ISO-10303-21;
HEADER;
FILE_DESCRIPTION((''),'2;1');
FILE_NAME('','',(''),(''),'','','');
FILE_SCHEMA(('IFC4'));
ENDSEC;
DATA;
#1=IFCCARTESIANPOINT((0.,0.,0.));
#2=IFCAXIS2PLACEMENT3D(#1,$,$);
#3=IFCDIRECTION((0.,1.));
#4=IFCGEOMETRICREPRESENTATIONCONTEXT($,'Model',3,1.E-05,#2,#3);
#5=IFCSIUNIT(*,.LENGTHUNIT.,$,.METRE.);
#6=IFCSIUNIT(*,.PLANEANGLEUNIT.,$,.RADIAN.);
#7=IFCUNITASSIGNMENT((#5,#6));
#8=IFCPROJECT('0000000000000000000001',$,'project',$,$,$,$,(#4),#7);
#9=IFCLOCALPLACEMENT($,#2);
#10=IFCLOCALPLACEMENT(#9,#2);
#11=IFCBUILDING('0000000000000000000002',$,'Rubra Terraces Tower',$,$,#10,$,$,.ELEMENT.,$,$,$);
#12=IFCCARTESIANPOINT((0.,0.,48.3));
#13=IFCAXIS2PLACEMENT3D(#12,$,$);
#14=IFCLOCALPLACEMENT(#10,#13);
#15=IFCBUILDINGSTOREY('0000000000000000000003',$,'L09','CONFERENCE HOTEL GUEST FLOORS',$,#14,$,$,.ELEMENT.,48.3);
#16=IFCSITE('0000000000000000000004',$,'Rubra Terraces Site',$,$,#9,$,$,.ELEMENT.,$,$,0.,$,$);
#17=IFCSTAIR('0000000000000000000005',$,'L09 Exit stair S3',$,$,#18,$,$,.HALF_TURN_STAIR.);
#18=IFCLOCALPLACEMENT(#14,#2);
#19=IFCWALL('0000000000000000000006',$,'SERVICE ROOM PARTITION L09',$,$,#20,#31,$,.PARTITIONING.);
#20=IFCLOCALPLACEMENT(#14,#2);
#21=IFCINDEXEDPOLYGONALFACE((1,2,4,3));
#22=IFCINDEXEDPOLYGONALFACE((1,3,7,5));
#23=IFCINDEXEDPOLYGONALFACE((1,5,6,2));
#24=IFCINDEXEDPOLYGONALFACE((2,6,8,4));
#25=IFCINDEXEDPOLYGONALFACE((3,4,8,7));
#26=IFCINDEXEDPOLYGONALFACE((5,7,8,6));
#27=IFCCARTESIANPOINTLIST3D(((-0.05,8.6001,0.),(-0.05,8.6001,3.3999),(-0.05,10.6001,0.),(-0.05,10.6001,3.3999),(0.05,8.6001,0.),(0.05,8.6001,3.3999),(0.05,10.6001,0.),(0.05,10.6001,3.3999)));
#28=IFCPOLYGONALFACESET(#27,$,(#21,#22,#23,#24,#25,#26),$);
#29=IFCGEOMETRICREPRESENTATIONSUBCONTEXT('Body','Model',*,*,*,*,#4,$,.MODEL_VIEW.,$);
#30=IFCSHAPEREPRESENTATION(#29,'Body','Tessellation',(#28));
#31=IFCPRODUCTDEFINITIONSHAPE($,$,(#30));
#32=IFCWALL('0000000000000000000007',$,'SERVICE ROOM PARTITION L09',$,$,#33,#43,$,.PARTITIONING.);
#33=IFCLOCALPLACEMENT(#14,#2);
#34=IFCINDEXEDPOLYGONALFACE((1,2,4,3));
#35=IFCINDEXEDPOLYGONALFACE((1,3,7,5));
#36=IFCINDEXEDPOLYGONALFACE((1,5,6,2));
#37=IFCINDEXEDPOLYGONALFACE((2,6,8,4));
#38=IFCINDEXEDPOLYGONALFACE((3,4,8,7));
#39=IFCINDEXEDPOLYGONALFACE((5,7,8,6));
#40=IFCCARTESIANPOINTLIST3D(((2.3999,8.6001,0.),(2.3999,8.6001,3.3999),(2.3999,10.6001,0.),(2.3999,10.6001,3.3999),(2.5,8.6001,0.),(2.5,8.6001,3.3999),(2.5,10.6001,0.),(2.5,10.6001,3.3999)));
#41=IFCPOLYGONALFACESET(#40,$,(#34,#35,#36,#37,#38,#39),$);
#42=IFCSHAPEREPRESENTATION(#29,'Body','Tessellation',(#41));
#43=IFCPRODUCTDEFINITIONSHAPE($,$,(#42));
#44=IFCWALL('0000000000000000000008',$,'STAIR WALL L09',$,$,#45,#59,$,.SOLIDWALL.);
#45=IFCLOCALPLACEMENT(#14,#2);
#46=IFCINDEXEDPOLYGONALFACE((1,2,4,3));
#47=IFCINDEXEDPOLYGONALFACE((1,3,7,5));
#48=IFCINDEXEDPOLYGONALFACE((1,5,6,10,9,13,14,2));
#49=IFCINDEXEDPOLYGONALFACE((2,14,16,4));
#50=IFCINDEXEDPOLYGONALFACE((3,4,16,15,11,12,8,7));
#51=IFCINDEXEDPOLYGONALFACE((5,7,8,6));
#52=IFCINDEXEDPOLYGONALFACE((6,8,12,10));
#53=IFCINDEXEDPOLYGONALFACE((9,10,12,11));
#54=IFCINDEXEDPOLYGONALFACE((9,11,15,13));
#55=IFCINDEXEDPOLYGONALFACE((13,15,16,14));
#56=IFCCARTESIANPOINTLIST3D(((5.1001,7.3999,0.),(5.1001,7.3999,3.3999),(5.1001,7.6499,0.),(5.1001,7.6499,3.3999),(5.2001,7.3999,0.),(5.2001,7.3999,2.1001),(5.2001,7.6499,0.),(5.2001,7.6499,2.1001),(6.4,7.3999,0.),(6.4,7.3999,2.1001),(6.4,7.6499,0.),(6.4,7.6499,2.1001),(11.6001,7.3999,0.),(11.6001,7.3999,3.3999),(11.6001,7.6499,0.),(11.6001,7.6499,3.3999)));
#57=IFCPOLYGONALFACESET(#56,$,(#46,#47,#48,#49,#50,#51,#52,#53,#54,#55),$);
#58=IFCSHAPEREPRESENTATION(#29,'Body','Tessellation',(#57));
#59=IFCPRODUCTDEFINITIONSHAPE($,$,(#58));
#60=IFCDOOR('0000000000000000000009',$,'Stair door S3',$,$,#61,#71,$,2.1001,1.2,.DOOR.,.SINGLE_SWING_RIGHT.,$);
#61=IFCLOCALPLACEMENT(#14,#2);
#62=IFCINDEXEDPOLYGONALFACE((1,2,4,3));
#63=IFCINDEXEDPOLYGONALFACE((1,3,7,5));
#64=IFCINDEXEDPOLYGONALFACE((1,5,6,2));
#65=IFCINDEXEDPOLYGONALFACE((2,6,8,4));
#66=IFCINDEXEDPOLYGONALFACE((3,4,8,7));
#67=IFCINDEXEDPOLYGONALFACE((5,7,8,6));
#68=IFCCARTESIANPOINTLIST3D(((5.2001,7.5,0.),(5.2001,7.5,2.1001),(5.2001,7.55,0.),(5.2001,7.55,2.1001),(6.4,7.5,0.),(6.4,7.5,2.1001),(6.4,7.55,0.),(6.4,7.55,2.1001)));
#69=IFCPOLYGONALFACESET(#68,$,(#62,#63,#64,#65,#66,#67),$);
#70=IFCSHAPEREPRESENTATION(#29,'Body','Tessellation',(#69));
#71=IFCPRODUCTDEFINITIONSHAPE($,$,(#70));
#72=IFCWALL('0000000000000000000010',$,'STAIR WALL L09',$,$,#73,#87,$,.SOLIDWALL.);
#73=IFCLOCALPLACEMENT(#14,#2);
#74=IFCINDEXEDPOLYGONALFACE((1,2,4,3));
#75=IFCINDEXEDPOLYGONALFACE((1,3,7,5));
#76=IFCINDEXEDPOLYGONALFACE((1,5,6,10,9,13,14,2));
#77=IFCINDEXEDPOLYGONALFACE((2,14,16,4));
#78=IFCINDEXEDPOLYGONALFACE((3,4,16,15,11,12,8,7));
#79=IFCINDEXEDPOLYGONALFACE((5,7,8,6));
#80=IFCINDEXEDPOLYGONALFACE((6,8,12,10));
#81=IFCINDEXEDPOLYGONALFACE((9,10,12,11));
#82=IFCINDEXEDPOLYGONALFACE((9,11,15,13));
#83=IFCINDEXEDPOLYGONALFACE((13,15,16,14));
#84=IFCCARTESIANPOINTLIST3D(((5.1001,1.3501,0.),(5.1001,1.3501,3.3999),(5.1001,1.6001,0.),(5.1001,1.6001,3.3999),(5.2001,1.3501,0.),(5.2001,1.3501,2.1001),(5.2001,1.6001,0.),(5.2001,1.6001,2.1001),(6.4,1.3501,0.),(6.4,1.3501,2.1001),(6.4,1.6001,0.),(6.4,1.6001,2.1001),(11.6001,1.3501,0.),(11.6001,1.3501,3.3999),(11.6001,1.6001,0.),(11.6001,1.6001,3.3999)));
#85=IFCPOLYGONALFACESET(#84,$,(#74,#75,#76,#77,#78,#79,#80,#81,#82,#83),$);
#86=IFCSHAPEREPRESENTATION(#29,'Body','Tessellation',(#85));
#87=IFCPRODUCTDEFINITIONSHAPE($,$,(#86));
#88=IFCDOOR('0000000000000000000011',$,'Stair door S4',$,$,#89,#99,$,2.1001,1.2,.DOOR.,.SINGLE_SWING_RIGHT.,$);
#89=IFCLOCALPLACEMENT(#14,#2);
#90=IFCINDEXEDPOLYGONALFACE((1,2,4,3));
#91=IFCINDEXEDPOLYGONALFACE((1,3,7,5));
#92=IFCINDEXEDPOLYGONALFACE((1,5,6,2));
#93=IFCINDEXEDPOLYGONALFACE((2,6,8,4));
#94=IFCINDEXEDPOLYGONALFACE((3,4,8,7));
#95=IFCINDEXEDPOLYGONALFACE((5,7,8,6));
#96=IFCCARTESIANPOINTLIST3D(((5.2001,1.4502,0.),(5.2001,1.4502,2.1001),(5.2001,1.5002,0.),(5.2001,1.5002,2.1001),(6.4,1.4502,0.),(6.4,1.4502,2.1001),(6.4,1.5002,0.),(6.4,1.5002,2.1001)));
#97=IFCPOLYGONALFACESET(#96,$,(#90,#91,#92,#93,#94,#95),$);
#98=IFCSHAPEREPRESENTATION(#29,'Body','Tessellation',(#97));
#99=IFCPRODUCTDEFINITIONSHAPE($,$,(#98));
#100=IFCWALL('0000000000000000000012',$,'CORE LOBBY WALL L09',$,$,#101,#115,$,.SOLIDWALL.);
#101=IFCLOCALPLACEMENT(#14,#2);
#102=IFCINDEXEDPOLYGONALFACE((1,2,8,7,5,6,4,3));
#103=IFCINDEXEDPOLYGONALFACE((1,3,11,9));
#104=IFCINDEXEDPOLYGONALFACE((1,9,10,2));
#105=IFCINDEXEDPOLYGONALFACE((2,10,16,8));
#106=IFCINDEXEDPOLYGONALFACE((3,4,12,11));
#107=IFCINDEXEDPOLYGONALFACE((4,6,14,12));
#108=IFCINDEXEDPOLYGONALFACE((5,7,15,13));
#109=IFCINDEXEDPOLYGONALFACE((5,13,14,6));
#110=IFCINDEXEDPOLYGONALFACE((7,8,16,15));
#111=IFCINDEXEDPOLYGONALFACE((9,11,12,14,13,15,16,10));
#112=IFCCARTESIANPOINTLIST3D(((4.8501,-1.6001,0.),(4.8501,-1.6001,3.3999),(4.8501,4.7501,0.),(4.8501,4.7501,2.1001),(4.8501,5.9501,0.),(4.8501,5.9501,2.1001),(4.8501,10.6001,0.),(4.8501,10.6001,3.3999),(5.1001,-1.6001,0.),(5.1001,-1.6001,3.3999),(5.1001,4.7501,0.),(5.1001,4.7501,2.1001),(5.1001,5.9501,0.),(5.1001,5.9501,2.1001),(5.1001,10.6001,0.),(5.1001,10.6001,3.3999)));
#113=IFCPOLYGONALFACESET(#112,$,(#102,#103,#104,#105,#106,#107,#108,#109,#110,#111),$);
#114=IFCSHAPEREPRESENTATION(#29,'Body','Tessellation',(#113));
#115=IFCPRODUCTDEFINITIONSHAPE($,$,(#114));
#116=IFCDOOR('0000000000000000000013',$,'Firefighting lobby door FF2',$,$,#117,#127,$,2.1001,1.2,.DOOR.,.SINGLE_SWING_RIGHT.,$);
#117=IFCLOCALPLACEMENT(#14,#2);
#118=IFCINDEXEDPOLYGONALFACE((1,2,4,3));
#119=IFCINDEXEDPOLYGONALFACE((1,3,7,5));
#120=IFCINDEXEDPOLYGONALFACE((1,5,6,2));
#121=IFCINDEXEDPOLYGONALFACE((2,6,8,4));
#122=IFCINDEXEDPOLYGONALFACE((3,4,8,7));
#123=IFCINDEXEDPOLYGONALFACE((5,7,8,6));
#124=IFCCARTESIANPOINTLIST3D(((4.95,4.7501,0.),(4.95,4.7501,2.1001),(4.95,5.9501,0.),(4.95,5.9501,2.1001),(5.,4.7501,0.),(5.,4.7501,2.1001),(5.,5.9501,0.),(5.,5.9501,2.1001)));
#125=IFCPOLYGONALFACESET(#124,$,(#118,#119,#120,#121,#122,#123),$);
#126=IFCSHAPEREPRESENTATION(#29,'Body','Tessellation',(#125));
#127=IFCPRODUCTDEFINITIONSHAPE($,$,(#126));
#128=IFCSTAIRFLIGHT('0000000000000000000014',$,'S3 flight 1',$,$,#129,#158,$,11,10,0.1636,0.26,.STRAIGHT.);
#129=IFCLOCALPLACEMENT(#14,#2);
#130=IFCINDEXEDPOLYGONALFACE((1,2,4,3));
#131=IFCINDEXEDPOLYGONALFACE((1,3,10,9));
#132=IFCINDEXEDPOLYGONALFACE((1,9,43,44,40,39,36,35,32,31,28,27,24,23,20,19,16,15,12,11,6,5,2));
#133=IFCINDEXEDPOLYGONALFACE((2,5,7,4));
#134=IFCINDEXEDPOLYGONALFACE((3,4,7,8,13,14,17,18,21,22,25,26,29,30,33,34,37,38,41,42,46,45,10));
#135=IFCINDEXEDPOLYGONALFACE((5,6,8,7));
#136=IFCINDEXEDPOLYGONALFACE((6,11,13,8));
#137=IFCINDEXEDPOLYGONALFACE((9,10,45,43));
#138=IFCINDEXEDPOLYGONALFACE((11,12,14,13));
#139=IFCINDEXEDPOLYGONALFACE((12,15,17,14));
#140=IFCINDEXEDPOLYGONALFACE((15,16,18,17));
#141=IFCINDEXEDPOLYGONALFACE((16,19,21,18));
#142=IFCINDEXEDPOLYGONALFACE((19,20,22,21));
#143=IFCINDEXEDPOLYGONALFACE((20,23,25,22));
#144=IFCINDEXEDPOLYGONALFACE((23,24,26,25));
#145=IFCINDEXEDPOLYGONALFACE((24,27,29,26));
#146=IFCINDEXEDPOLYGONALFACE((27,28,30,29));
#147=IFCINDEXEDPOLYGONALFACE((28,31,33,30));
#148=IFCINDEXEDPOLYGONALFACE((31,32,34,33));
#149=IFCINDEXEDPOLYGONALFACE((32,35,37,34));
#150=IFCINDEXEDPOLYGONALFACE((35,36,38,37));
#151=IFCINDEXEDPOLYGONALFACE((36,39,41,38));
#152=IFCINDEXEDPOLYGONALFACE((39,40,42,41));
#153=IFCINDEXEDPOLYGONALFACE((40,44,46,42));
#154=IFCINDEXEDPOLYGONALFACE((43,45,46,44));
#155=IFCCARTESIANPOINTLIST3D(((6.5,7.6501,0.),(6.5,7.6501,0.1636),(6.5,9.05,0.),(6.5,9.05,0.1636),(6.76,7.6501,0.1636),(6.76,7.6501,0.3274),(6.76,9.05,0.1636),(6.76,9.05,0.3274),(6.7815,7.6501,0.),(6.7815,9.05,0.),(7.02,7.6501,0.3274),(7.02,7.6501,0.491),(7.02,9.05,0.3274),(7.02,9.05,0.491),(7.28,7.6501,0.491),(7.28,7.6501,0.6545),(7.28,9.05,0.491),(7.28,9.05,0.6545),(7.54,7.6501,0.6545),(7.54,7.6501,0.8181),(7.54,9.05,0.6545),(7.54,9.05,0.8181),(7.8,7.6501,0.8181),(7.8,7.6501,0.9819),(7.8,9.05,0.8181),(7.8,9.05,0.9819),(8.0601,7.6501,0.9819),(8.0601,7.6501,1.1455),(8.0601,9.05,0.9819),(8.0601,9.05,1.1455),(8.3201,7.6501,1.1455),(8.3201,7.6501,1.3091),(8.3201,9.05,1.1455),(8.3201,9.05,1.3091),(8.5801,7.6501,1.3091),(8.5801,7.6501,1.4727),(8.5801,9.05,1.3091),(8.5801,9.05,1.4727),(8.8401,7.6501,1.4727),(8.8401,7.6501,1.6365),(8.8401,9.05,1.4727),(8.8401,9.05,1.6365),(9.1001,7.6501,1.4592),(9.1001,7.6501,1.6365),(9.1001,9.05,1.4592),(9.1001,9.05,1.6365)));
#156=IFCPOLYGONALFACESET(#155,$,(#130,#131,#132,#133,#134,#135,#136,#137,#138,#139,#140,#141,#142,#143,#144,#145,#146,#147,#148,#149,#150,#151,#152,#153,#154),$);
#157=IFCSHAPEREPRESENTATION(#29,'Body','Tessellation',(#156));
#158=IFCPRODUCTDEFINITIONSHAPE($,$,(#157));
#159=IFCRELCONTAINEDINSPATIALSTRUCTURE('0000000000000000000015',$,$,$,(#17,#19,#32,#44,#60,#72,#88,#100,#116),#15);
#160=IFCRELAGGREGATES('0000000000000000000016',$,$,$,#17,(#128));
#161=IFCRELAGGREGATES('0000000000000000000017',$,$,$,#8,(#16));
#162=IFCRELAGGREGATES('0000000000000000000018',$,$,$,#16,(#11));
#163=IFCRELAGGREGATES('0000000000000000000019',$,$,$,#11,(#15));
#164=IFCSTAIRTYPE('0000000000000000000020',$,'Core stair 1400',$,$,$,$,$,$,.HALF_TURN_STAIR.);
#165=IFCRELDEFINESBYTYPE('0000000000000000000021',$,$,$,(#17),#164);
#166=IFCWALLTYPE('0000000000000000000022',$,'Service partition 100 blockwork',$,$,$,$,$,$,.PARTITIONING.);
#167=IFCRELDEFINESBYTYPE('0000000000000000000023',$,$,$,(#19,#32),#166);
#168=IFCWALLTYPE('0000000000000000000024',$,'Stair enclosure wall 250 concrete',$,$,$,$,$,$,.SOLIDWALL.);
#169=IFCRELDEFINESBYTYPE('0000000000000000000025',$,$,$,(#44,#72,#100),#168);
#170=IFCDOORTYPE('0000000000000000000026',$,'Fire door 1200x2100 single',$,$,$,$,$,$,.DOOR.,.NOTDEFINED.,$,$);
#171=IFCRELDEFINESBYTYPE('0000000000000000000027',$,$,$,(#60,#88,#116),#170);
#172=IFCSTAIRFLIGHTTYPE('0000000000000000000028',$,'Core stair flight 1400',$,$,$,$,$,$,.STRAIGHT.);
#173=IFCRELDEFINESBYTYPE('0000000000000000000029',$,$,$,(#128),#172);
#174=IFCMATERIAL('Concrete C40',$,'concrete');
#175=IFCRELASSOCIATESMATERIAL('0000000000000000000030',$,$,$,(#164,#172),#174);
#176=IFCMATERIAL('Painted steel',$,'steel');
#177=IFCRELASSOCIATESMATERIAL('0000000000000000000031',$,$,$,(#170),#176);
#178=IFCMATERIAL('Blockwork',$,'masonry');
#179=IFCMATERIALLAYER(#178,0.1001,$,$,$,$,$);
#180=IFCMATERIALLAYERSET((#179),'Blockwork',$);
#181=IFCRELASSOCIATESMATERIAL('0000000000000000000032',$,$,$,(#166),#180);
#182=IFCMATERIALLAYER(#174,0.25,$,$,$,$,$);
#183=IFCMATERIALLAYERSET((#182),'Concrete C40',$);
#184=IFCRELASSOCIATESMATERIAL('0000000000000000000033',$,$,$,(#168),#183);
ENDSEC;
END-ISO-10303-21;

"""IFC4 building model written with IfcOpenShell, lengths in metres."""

from ifc_helpers import new_model, si_unit, direction, frame, frame_2d, origin, place, context, subcontext, project, spatial, polyline, rectangle, outline, extrude, material, layer, layer_set, type_object, element, fill, aggregate, save


model = new_model("IFC4")

# Units and contexts
model_context = context("Model", 3, precision=1e-05, world=origin(), true_north=direction((0.0, 1.0)))
body_context = subcontext(model_context, "Body", "Model", "MODEL_VIEW")
ifc_project = project(units=[si_unit("LENGTHUNIT", "METRE"), si_unit("PLANEANGLEUNIT", "RADIAN")], contexts=[model_context])

# Site, building, storey
site_placement = place(None, origin())
site = spatial("IfcSite", under=ifc_project, at=site_placement, Name="Rubra Terraces Site", CompositionType="ELEMENT", RefElevation=0.0)
building_placement = place(site_placement, origin())
building = spatial("IfcBuilding", under=site, at=building_placement, Name="Rubra Terraces Tower", CompositionType="ELEMENT")
storey_placement = place(building_placement, frame((0.0, 0.0, 48.3)))
storey = spatial("IfcBuildingStorey", under=building, at=storey_placement, Name="L09", Description="CONFERENCE HOTEL GUEST FLOORS", CompositionType="ELEMENT", Elevation=48.3)

# Stair
ifc_material_1 = material(Name="Concrete C40", Category="concrete")
stair_type = type_object("IfcStairType", Name="Core stair 1400", PredefinedType="HALF_TURN_STAIR", material=ifc_material_1)
stair_1_placement = place(storey_placement, origin())
stair_1 = element("IfcStair", 1, at=stair_1_placement, inside=storey, type_object=stair_type, Name="L09 Exit stair S3", PredefinedType="HALF_TURN_STAIR")

# Shared definitions
ifc_material_2 = material(Name="Painted steel", Category="steel")
door_type_1 = type_object("IfcDoorType", Name="Fire door 1200x2100 single", OperationType="NOTDEFINED", PredefinedType="DOOR", material=ifc_material_2)

# Walls
ifc_material_3 = material(Name="Blockwork", Category="masonry")
ifc_layer_1 = layer(ifc_material_3, 0.1001)
ifc_layer_set_1 = layer_set([ifc_layer_1], Name="Blockwork")
wall_type_1 = type_object("IfcWallType", Name="Service partition 100 blockwork", PredefinedType="PARTITIONING", material=ifc_layer_set_1)
for number, where, z_axis, x_axis, name in (
    (2, (0.0, 8.6001, 0.0), (0.0, 0.0, 1.0), (0.0, 1.0, 0.0), "SERVICE ROOM PARTITION L09"),
    (3, (2.45, 8.6001, 0.0), (0.0, 0.0, 1.0), (0.0, 1.0, 0.0), "SERVICE ROOM PARTITION L09"),
):
    element("IfcWall", number, at=place(storey_placement, frame(where, z_axis=z_axis, x_axis=x_axis)), inside=storey, type_object=wall_type_1, Name=name, PredefinedType="PARTITIONING", context=body_context, shape_type="SweptSolid", body=[
        extrude(rectangle(XDim=2.0, YDim=0.1001, at=frame_2d((1.0, 0.0))), origin(), (0.0, 0.0, 1.0), 3.3999),
    ])

# Walls, openings, doors
ifc_layer_2 = layer(ifc_material_1, 0.25)
ifc_layer_set_2 = layer_set([ifc_layer_2], Name="Concrete C40")
wall_type_2 = type_object("IfcWallType", Name="Stair enclosure wall 250 concrete", PredefinedType="SOLIDWALL", material=ifc_layer_set_2)
wall_1_placement = place(storey_placement, frame((11.6001, 7.5249, 0.0), z_axis=(0.0, 0.0, 1.0), x_axis=(-1.0, 0.0, 0.0)))
wall_1 = element("IfcWall", 4, at=wall_1_placement, inside=storey, type_object=wall_type_2, Name="STAIR WALL L09", PredefinedType="SOLIDWALL", context=body_context, shape_type="SweptSolid", body=[
    extrude(rectangle(XDim=6.5, YDim=0.25, at=frame_2d((3.25, 0.0))), origin(), (0.0, 0.0, 1.0), 3.3999),
])
opening_1_placement = place(wall_1_placement, frame((5.2, 0.0, 0.0)))
opening_1 = element("IfcOpeningElement", 5, at=opening_1_placement, cuts=wall_1, PredefinedType="OPENING", context=body_context, shape_type="SweptSolid", body=[
    extrude(rectangle(XDim=1.2, YDim=2.1001, at=frame_2d((0.6001, 1.05))), frame((0.0, 0.135, 0.0), z_axis=(0.0, -1.0, 0.0), x_axis=(1.0, 0.0, 0.0)), (0.0, 0.0, 1.0), 0.27),
])
door_1_placement = place(opening_1_placement, origin())
door_1 = element("IfcDoor", 6, at=door_1_placement, inside=storey, type_object=door_type_1, Name="Stair door S3", OperationType="SINGLE_SWING_RIGHT", OverallHeight=2.1001, OverallWidth=1.2, PredefinedType="DOOR", context=body_context, shape_type="SweptSolid", body=[
    extrude(rectangle(XDim=1.2, YDim=2.1001, at=frame_2d((0.6001, 1.05))), frame((0.0, 0.0249, 0.0), z_axis=(0.0, -1.0, 0.0), x_axis=(1.0, 0.0, 0.0)), (0.0, 0.0, 1.0), 0.05),
])
fill(opening_1, door_1)
wall_2_placement = place(storey_placement, frame((11.6001, 1.4751, 0.0), z_axis=(0.0, 0.0, 1.0), x_axis=(-1.0, 0.0, 0.0)))
wall_2 = element("IfcWall", 7, at=wall_2_placement, inside=storey, type_object=wall_type_2, Name="STAIR WALL L09", PredefinedType="SOLIDWALL", context=body_context, shape_type="SweptSolid", body=[
    extrude(rectangle(XDim=6.5, YDim=0.25, at=frame_2d((3.25, 0.0))), origin(), (0.0, 0.0, 1.0), 3.3999),
])
opening_2_placement = place(wall_2_placement, frame((5.2, 0.0, 0.0)))
opening_2 = element("IfcOpeningElement", 8, at=opening_2_placement, cuts=wall_2, PredefinedType="OPENING", context=body_context, shape_type="SweptSolid", body=[
    extrude(rectangle(XDim=1.2, YDim=2.1001, at=frame_2d((0.6001, 1.05))), frame((0.0, 0.135, 0.0), z_axis=(0.0, -1.0, 0.0), x_axis=(1.0, 0.0, 0.0)), (0.0, 0.0, 1.0), 0.27),
])
door_2_placement = place(opening_2_placement, origin())
door_2 = element("IfcDoor", 9, at=door_2_placement, inside=storey, type_object=door_type_1, Name="Stair door S4", OperationType="SINGLE_SWING_RIGHT", OverallHeight=2.1001, OverallWidth=1.2, PredefinedType="DOOR", context=body_context, shape_type="SweptSolid", body=[
    extrude(rectangle(XDim=1.2, YDim=2.1001, at=frame_2d((0.6001, 1.05))), frame((0.0, 0.0249, 0.0), z_axis=(0.0, -1.0, 0.0), x_axis=(1.0, 0.0, 0.0)), (0.0, 0.0, 1.0), 0.05),
])
fill(opening_2, door_2)
wall_3_placement = place(storey_placement, frame((4.9751, 10.6001, 0.0), z_axis=(0.0, 0.0, 1.0), x_axis=(0.0, -1.0, 0.0)))
wall_3 = element("IfcWall", 10, at=wall_3_placement, inside=storey, type_object=wall_type_2, Name="CORE LOBBY WALL L09", PredefinedType="SOLIDWALL", context=body_context, shape_type="SweptSolid", body=[
    extrude(rectangle(XDim=12.2002, YDim=0.25, at=frame_2d((6.1001, 0.0))), origin(), (0.0, 0.0, 1.0), 3.3999),
])
opening_3_placement = place(wall_3_placement, frame((4.6499, 0.0, 0.0)))
opening_3 = element("IfcOpeningElement", 11, at=opening_3_placement, cuts=wall_3, PredefinedType="OPENING", context=body_context, shape_type="SweptSolid", body=[
    extrude(rectangle(XDim=1.2, YDim=2.1001, at=frame_2d((0.6001, 1.05))), frame((0.0, 0.135, 0.0), z_axis=(0.0, -1.0, 0.0), x_axis=(1.0, 0.0, 0.0)), (0.0, 0.0, 1.0), 0.27),
])
door_3_placement = place(opening_3_placement, origin())
door_3 = element("IfcDoor", 12, at=door_3_placement, inside=storey, type_object=door_type_1, Name="Firefighting lobby door FF2", OperationType="SINGLE_SWING_RIGHT", OverallHeight=2.1001, OverallWidth=1.2, PredefinedType="DOOR", context=body_context, shape_type="SweptSolid", body=[
    extrude(rectangle(XDim=1.2, YDim=2.1001, at=frame_2d((0.6001, 1.05))), frame((0.0, 0.0249, 0.0), z_axis=(0.0, -1.0, 0.0), x_axis=(1.0, 0.0, 0.0)), (0.0, 0.0, 1.0), 0.05),
])
fill(opening_3, door_3)

# Stair flight
stair_flight_type = type_object("IfcStairFlightType", Name="Core stair flight 1400", PredefinedType="STRAIGHT", material=ifc_material_1)
stair_flight_1_placement = place(storey_placement, frame((6.5, 8.3501, 0.0), z_axis=(0.0, 0.0, 1.0), x_axis=(1.0, 0.0, 0.0)))
stair_flight_1 = element("IfcStairFlight", 13, at=stair_flight_1_placement, type_object=stair_flight_type, Name="S3 flight 1", NumberOfRisers=11, NumberOfTreads=10, PredefinedType="STRAIGHT", RiserHeight=0.1636, TreadLength=0.26, context=body_context, shape_type="SweptSolid", body=[
    extrude(outline(polyline([(0.0, 0.0), (0.0, 0.1636), (0.26, 0.1636), (0.26, 0.3274), (0.52, 0.3274), (0.52, 0.491), (0.78, 0.491), (0.78, 0.6545), (1.04, 0.6545), (1.04, 0.8181), (1.3, 0.8181), (1.3, 0.9819), (1.5601, 0.9819), (1.5601, 1.1455), (1.8201, 1.1455), (1.8201, 1.3091), (2.0801, 1.3091), (2.0801, 1.4727), (2.3401, 1.4727), (2.3401, 1.6365), (2.6001, 1.6365), (2.6001, 1.8), (2.6001, 1.4592), (0.2815, 0.0), (0.0, 0.0)])), frame((0.0, 0.7, 0.0), z_axis=(0.0, -1.0, 0.0), x_axis=(1.0, 0.0, 0.0)), (0.0, 0.0, 1.0), 1.3999),
])
aggregate(stair_1, [stair_flight_1])

save(model, "model.ifc")
